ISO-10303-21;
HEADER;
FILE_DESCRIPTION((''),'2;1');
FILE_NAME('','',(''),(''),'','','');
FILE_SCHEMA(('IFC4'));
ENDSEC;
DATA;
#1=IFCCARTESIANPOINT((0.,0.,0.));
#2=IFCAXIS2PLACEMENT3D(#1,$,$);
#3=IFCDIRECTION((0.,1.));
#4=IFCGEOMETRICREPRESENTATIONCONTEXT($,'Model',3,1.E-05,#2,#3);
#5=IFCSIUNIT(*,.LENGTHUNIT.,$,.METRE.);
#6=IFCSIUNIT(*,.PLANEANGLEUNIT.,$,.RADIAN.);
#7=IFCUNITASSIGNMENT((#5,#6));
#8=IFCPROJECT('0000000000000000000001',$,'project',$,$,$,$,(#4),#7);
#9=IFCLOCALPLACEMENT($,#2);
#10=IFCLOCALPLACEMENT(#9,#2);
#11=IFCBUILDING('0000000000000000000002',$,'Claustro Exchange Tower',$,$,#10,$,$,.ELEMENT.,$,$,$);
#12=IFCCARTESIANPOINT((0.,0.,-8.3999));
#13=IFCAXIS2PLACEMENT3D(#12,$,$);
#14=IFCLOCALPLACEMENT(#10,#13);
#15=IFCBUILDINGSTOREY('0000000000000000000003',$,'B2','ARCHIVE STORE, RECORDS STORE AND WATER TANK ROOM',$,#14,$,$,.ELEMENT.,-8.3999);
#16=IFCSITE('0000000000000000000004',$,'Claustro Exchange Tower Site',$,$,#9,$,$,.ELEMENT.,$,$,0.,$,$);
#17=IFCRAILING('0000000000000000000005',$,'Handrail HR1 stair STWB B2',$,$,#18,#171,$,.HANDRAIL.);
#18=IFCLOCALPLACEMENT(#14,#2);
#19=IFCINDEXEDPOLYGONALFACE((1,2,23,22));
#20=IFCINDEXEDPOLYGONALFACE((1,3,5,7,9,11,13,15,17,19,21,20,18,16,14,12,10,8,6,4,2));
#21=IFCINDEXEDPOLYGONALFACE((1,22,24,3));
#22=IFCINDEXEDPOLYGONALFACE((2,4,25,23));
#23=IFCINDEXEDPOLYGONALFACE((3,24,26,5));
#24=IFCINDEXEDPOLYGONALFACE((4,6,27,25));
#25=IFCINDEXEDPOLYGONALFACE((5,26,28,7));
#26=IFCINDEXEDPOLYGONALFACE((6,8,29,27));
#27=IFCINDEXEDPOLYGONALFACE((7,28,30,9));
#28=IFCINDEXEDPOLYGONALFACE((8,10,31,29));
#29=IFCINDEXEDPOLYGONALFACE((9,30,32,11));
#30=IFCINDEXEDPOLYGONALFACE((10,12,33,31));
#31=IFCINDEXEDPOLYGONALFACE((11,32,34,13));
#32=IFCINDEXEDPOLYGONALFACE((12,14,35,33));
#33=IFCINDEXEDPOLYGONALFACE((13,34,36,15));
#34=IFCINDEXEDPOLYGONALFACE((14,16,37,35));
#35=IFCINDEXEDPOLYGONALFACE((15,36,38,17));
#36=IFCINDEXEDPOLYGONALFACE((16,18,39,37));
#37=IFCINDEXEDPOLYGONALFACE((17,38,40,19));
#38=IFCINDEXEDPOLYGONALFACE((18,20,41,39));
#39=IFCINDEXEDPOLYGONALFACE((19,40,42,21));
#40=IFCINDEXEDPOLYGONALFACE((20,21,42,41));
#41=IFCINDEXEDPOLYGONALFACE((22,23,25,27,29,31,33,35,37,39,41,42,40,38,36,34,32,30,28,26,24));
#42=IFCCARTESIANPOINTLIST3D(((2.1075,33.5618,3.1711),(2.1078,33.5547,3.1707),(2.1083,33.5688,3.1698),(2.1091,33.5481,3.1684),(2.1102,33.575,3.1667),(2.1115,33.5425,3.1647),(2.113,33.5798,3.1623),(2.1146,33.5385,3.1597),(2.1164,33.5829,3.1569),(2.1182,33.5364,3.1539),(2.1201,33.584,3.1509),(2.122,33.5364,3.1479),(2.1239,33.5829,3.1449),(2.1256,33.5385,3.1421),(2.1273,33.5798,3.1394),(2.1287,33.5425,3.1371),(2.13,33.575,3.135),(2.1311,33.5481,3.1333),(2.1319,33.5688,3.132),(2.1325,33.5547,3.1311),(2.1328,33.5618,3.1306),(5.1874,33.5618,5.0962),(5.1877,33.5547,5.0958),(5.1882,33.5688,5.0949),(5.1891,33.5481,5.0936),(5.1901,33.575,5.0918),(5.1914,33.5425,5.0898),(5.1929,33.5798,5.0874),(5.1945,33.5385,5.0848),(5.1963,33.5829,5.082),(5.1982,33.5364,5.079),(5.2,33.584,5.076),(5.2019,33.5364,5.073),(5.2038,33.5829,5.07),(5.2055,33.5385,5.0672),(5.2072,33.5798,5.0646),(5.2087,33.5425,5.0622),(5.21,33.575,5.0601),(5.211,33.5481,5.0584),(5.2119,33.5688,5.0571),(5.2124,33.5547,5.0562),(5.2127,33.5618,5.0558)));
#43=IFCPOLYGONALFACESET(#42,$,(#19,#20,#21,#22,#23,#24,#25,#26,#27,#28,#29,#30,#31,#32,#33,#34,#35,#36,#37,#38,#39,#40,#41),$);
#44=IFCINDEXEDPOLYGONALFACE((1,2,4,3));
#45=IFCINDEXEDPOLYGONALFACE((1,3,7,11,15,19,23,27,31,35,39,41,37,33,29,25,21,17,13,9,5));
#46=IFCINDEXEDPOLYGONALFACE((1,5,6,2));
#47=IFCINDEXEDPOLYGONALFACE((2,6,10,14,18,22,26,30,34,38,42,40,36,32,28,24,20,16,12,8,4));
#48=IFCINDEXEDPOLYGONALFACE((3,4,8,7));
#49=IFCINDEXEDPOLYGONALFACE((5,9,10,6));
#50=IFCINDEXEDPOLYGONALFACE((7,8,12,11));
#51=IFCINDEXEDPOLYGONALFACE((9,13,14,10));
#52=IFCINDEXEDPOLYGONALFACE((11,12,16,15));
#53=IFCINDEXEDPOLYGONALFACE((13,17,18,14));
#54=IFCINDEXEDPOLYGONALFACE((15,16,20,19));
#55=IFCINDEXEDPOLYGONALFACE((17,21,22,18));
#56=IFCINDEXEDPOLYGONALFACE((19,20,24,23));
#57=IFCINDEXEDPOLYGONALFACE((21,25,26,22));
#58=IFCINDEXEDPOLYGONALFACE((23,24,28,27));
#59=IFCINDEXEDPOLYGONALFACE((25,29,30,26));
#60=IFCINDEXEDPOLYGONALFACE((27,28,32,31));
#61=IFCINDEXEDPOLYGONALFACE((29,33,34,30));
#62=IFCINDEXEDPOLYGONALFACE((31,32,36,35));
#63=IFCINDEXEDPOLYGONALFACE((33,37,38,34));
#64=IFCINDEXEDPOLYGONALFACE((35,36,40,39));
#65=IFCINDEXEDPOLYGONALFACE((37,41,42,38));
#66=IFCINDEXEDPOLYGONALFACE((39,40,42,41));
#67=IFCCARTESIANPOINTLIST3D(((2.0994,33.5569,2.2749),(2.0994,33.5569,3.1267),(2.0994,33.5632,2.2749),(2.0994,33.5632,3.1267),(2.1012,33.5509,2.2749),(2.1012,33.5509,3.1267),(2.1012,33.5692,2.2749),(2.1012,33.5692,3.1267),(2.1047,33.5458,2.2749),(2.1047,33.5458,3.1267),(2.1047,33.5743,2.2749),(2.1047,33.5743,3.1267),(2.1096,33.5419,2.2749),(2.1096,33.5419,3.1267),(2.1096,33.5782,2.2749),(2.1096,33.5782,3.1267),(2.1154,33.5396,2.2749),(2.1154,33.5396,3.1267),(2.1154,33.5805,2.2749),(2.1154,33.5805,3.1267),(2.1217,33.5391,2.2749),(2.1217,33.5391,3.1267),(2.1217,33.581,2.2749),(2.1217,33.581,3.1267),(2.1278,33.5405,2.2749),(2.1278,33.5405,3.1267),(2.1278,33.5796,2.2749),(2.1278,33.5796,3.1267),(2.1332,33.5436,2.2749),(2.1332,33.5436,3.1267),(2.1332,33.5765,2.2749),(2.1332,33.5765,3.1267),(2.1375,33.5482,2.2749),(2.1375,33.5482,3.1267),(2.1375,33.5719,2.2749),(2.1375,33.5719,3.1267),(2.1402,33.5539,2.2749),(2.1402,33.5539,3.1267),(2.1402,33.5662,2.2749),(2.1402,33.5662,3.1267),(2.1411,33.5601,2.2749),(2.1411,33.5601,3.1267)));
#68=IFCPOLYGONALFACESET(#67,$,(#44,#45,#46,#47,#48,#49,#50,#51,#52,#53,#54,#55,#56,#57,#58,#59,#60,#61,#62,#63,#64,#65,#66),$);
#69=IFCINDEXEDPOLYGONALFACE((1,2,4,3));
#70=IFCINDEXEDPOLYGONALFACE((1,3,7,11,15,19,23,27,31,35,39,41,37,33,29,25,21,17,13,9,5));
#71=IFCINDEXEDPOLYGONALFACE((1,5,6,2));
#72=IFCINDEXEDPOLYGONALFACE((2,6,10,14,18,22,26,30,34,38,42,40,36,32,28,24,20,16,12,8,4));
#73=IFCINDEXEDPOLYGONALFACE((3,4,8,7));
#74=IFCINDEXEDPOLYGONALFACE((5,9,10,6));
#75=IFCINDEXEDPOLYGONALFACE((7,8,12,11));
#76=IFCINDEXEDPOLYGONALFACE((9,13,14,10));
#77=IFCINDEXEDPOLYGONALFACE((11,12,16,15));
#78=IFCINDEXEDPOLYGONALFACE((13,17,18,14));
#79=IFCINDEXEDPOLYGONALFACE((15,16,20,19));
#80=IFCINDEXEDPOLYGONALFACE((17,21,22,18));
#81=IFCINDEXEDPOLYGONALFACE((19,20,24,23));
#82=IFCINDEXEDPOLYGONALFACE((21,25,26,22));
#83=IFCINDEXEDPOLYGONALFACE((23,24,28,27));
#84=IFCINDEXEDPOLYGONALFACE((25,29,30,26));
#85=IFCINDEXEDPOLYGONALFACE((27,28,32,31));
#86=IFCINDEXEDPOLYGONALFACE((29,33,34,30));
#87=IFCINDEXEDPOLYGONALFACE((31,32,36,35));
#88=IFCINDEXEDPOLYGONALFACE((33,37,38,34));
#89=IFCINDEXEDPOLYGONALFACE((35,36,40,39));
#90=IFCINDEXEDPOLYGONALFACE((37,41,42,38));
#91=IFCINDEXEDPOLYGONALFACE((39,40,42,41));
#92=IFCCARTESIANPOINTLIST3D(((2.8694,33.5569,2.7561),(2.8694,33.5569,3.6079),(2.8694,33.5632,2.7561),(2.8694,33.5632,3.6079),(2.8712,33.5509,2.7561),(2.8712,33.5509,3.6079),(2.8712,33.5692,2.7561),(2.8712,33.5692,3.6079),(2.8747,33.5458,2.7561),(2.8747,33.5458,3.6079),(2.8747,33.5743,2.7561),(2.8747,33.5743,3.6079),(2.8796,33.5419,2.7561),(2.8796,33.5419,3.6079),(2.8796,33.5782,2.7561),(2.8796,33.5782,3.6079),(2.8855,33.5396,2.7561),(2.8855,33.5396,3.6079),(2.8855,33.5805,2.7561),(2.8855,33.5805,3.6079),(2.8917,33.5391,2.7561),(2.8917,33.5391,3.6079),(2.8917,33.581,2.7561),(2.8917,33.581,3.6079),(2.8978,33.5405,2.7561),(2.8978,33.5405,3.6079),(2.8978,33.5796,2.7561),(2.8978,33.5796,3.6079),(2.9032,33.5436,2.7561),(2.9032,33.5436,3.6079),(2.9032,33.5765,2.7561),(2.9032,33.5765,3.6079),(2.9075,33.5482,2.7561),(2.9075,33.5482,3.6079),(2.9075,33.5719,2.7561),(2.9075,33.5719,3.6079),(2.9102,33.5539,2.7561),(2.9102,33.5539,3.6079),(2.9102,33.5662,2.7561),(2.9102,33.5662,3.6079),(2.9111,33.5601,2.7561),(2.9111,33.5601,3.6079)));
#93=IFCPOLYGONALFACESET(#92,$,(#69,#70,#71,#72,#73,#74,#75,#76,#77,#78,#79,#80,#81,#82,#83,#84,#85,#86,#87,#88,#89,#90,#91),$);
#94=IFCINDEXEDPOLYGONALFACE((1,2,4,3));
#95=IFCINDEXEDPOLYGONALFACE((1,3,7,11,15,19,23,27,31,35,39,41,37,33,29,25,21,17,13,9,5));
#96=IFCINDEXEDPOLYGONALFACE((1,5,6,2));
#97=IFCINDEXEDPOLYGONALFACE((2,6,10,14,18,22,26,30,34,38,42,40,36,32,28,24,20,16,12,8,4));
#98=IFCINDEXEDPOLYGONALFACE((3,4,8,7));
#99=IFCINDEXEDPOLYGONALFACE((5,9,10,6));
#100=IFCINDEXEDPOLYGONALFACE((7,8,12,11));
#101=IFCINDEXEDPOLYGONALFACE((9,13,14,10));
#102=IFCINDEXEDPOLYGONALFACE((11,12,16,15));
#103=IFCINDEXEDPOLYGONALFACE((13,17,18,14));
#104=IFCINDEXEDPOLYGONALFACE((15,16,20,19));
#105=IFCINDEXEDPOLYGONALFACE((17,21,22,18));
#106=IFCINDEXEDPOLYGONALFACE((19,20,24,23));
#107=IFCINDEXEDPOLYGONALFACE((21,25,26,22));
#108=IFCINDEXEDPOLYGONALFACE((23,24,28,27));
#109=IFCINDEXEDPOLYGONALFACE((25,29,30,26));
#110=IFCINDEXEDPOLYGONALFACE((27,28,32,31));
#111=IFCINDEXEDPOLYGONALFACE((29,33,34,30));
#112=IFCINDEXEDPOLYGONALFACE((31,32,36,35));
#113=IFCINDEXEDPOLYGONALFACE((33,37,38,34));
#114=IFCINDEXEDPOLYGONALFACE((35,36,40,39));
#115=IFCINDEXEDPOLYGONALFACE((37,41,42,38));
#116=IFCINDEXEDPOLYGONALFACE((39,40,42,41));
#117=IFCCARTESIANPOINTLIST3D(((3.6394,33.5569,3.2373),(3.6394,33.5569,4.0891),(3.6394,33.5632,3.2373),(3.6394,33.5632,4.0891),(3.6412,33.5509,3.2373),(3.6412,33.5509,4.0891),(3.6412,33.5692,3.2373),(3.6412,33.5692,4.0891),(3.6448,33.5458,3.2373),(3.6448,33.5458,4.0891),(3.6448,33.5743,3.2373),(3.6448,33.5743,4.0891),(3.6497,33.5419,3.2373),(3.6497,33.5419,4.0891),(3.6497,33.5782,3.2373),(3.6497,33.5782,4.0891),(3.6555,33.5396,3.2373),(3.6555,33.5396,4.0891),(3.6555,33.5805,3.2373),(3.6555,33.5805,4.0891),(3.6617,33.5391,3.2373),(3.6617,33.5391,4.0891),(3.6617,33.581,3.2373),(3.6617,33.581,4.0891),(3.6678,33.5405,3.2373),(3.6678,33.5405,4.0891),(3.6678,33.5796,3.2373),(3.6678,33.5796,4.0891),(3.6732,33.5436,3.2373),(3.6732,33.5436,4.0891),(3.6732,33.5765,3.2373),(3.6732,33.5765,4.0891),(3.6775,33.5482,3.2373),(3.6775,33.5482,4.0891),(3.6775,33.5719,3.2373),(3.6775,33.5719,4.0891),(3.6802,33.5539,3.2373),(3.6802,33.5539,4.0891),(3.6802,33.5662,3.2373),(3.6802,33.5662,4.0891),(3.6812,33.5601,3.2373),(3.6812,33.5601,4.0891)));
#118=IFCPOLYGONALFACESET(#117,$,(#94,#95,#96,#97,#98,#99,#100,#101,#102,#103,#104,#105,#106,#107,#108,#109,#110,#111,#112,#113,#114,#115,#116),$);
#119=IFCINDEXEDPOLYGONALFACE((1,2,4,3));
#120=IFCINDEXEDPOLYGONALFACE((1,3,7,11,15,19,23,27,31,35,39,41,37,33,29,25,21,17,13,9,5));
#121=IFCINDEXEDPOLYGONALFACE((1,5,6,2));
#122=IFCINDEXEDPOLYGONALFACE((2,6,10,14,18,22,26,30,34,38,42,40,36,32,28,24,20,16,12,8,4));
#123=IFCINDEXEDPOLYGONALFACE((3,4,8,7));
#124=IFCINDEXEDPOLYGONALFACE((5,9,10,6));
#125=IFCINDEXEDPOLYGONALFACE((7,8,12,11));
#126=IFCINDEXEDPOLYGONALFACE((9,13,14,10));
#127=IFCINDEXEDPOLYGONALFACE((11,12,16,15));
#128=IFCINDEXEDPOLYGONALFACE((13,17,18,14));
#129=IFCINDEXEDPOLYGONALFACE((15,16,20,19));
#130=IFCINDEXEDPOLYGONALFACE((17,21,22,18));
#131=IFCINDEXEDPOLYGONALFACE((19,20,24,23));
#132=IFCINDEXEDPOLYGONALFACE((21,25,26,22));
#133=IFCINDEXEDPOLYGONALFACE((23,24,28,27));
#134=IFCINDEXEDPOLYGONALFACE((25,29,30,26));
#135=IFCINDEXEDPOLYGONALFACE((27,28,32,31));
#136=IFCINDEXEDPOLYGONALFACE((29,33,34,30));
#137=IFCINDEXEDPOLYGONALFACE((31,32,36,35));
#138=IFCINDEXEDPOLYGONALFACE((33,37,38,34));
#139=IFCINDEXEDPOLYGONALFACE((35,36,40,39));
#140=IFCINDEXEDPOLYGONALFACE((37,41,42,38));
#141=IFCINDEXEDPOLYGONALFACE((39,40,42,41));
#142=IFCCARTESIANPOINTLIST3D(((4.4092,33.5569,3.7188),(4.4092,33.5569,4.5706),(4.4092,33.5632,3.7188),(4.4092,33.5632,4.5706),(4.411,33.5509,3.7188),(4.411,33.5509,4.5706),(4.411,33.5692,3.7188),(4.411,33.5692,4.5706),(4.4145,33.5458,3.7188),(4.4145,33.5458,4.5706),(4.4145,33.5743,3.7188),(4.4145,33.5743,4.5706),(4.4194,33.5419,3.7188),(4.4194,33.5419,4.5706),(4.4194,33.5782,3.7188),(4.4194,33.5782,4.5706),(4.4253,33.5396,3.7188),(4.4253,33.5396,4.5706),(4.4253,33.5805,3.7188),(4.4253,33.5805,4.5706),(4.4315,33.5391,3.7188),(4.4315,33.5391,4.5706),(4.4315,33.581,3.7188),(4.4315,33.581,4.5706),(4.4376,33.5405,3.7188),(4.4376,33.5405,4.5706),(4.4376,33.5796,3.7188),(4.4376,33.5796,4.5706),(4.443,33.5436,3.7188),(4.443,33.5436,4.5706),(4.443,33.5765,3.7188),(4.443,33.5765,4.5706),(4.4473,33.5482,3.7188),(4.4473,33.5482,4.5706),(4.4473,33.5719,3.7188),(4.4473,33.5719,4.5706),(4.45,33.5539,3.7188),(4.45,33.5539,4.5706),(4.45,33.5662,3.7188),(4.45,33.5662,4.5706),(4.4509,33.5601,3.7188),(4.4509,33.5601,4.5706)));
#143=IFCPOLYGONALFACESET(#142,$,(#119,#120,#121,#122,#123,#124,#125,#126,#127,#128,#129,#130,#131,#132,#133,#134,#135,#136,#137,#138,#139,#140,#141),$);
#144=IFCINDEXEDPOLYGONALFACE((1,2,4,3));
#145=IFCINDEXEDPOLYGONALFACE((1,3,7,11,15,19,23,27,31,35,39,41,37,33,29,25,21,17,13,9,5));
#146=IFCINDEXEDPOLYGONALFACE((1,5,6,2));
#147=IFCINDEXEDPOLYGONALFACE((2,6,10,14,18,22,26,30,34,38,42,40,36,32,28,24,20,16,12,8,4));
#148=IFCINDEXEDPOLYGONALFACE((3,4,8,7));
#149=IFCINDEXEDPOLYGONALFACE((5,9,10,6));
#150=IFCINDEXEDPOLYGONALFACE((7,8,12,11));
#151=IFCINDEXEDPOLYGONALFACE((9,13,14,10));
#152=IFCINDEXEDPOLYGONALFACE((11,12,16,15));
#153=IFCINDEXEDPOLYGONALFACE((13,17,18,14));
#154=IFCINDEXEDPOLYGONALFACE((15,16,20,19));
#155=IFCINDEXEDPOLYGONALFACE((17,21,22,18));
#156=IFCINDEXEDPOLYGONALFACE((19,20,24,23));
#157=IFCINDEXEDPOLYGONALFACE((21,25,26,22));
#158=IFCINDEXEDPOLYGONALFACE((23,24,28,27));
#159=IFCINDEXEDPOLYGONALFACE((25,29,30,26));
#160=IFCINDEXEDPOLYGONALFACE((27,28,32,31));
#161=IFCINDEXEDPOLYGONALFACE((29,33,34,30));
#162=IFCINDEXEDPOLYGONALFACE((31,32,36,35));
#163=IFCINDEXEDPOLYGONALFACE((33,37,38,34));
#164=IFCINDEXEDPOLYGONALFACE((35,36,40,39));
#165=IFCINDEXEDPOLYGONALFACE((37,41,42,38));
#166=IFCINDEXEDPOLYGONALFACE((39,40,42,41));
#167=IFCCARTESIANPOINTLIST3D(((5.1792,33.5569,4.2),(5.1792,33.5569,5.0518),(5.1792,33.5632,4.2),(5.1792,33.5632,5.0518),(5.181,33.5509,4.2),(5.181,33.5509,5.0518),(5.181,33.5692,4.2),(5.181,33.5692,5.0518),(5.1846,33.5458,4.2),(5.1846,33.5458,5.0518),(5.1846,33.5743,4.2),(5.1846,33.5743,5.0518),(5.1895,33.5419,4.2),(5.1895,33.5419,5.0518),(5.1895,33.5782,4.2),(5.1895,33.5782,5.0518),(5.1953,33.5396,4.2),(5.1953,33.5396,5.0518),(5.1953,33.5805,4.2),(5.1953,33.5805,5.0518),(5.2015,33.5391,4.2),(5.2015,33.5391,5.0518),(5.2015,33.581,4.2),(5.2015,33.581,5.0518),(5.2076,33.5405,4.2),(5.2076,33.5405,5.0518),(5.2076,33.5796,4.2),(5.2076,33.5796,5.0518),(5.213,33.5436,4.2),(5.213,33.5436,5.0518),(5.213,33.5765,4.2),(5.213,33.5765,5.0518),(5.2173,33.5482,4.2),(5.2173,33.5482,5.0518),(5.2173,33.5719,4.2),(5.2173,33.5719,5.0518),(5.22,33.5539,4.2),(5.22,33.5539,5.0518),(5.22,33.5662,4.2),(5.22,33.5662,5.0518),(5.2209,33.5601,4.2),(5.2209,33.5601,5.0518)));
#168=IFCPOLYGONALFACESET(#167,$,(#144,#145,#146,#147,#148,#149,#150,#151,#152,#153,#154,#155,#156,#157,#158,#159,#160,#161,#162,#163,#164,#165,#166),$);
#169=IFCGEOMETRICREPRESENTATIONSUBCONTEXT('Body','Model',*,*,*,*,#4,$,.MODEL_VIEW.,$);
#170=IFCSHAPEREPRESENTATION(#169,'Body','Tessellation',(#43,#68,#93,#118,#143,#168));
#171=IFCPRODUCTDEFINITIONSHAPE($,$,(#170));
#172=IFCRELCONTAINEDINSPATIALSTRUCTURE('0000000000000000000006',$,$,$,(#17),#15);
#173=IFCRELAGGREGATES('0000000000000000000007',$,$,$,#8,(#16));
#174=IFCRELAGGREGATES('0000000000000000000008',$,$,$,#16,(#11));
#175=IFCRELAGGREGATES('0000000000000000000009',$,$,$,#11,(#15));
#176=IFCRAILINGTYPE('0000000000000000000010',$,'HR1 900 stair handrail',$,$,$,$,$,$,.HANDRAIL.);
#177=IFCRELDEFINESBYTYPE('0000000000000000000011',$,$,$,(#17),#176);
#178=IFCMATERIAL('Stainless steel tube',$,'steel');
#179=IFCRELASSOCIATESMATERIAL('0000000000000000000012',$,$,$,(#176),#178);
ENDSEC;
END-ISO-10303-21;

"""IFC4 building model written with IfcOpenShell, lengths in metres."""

from ifc_helpers import new_model, si_unit, direction, frame, origin, origin_2d, place, context, subcontext, project, spatial, circle, extrude, material, type_object, element, save


model = new_model("IFC4")

# Units and contexts
model_context = context("Model", 3, precision=1e-05, world=origin(), true_north=direction((0.0, 1.0)))
body_context = subcontext(model_context, "Body", "Model", "MODEL_VIEW")
ifc_project = project(units=[si_unit("LENGTHUNIT", "METRE"), si_unit("PLANEANGLEUNIT", "RADIAN")], contexts=[model_context])

# Site, building, storey
site_placement = place(None, origin())
site = spatial("IfcSite", under=ifc_project, at=site_placement, Name="Claustro Exchange Tower Site", CompositionType="ELEMENT", RefElevation=0.0)
building_placement = place(site_placement, origin())
building = spatial("IfcBuilding", under=site, at=building_placement, Name="Claustro Exchange Tower", CompositionType="ELEMENT")
storey_placement = place(building_placement, frame((0.0, 0.0, -8.3999)))
storey = spatial("IfcBuildingStorey", under=building, at=storey_placement, Name="B2", Description="ARCHIVE STORE, RECORDS STORE AND WATER TANK ROOM", CompositionType="ELEMENT", Elevation=-8.3999)

# Railing
ifc_material_1 = material(Name="Stainless steel tube", Category="steel")
railing_type = type_object("IfcRailingType", Name="HR1 900 stair handrail", PredefinedType="HANDRAIL", material=ifc_material_1)
railing_placement = place(storey_placement, frame((2.1201, 33.5601, 2.2749)))
element("IfcRailing", 1, at=railing_placement, inside=storey, type_object=railing_type, Name="Handrail HR1 stair STWB B2", PredefinedType="HANDRAIL", context=body_context, shape_type="SweptSolid", body=[
    extrude(circle(Radius=0.0239, at=origin_2d()), frame((0.0, 0.0, 0.876), z_axis=(0.847979, 0.0, 0.530029), x_axis=(0.0, 1.0, 0.0)), (0.0, 0.0, 1.0), 3.6321),
    extrude(circle(Radius=0.021, at=origin_2d()), origin(), (0.0, 0.0, 1.0), 0.8518),
    extrude(circle(Radius=0.021, at=origin_2d()), frame((0.77, 0.0, 0.4812)), (0.0, 0.0, 1.0), 0.8518),
    extrude(circle(Radius=0.021, at=origin_2d()), frame((1.54, 0.0, 0.9624)), (0.0, 0.0, 1.0), 0.8518),
    extrude(circle(Radius=0.021, at=origin_2d()), frame((2.3098, 0.0, 1.4438)), (0.0, 0.0, 1.0), 0.8518),
    extrude(circle(Radius=0.021, at=origin_2d()), frame((3.0798, 0.0, 1.925)), (0.0, 0.0, 1.0), 0.8518),
])

save(model, "model.ifc")
